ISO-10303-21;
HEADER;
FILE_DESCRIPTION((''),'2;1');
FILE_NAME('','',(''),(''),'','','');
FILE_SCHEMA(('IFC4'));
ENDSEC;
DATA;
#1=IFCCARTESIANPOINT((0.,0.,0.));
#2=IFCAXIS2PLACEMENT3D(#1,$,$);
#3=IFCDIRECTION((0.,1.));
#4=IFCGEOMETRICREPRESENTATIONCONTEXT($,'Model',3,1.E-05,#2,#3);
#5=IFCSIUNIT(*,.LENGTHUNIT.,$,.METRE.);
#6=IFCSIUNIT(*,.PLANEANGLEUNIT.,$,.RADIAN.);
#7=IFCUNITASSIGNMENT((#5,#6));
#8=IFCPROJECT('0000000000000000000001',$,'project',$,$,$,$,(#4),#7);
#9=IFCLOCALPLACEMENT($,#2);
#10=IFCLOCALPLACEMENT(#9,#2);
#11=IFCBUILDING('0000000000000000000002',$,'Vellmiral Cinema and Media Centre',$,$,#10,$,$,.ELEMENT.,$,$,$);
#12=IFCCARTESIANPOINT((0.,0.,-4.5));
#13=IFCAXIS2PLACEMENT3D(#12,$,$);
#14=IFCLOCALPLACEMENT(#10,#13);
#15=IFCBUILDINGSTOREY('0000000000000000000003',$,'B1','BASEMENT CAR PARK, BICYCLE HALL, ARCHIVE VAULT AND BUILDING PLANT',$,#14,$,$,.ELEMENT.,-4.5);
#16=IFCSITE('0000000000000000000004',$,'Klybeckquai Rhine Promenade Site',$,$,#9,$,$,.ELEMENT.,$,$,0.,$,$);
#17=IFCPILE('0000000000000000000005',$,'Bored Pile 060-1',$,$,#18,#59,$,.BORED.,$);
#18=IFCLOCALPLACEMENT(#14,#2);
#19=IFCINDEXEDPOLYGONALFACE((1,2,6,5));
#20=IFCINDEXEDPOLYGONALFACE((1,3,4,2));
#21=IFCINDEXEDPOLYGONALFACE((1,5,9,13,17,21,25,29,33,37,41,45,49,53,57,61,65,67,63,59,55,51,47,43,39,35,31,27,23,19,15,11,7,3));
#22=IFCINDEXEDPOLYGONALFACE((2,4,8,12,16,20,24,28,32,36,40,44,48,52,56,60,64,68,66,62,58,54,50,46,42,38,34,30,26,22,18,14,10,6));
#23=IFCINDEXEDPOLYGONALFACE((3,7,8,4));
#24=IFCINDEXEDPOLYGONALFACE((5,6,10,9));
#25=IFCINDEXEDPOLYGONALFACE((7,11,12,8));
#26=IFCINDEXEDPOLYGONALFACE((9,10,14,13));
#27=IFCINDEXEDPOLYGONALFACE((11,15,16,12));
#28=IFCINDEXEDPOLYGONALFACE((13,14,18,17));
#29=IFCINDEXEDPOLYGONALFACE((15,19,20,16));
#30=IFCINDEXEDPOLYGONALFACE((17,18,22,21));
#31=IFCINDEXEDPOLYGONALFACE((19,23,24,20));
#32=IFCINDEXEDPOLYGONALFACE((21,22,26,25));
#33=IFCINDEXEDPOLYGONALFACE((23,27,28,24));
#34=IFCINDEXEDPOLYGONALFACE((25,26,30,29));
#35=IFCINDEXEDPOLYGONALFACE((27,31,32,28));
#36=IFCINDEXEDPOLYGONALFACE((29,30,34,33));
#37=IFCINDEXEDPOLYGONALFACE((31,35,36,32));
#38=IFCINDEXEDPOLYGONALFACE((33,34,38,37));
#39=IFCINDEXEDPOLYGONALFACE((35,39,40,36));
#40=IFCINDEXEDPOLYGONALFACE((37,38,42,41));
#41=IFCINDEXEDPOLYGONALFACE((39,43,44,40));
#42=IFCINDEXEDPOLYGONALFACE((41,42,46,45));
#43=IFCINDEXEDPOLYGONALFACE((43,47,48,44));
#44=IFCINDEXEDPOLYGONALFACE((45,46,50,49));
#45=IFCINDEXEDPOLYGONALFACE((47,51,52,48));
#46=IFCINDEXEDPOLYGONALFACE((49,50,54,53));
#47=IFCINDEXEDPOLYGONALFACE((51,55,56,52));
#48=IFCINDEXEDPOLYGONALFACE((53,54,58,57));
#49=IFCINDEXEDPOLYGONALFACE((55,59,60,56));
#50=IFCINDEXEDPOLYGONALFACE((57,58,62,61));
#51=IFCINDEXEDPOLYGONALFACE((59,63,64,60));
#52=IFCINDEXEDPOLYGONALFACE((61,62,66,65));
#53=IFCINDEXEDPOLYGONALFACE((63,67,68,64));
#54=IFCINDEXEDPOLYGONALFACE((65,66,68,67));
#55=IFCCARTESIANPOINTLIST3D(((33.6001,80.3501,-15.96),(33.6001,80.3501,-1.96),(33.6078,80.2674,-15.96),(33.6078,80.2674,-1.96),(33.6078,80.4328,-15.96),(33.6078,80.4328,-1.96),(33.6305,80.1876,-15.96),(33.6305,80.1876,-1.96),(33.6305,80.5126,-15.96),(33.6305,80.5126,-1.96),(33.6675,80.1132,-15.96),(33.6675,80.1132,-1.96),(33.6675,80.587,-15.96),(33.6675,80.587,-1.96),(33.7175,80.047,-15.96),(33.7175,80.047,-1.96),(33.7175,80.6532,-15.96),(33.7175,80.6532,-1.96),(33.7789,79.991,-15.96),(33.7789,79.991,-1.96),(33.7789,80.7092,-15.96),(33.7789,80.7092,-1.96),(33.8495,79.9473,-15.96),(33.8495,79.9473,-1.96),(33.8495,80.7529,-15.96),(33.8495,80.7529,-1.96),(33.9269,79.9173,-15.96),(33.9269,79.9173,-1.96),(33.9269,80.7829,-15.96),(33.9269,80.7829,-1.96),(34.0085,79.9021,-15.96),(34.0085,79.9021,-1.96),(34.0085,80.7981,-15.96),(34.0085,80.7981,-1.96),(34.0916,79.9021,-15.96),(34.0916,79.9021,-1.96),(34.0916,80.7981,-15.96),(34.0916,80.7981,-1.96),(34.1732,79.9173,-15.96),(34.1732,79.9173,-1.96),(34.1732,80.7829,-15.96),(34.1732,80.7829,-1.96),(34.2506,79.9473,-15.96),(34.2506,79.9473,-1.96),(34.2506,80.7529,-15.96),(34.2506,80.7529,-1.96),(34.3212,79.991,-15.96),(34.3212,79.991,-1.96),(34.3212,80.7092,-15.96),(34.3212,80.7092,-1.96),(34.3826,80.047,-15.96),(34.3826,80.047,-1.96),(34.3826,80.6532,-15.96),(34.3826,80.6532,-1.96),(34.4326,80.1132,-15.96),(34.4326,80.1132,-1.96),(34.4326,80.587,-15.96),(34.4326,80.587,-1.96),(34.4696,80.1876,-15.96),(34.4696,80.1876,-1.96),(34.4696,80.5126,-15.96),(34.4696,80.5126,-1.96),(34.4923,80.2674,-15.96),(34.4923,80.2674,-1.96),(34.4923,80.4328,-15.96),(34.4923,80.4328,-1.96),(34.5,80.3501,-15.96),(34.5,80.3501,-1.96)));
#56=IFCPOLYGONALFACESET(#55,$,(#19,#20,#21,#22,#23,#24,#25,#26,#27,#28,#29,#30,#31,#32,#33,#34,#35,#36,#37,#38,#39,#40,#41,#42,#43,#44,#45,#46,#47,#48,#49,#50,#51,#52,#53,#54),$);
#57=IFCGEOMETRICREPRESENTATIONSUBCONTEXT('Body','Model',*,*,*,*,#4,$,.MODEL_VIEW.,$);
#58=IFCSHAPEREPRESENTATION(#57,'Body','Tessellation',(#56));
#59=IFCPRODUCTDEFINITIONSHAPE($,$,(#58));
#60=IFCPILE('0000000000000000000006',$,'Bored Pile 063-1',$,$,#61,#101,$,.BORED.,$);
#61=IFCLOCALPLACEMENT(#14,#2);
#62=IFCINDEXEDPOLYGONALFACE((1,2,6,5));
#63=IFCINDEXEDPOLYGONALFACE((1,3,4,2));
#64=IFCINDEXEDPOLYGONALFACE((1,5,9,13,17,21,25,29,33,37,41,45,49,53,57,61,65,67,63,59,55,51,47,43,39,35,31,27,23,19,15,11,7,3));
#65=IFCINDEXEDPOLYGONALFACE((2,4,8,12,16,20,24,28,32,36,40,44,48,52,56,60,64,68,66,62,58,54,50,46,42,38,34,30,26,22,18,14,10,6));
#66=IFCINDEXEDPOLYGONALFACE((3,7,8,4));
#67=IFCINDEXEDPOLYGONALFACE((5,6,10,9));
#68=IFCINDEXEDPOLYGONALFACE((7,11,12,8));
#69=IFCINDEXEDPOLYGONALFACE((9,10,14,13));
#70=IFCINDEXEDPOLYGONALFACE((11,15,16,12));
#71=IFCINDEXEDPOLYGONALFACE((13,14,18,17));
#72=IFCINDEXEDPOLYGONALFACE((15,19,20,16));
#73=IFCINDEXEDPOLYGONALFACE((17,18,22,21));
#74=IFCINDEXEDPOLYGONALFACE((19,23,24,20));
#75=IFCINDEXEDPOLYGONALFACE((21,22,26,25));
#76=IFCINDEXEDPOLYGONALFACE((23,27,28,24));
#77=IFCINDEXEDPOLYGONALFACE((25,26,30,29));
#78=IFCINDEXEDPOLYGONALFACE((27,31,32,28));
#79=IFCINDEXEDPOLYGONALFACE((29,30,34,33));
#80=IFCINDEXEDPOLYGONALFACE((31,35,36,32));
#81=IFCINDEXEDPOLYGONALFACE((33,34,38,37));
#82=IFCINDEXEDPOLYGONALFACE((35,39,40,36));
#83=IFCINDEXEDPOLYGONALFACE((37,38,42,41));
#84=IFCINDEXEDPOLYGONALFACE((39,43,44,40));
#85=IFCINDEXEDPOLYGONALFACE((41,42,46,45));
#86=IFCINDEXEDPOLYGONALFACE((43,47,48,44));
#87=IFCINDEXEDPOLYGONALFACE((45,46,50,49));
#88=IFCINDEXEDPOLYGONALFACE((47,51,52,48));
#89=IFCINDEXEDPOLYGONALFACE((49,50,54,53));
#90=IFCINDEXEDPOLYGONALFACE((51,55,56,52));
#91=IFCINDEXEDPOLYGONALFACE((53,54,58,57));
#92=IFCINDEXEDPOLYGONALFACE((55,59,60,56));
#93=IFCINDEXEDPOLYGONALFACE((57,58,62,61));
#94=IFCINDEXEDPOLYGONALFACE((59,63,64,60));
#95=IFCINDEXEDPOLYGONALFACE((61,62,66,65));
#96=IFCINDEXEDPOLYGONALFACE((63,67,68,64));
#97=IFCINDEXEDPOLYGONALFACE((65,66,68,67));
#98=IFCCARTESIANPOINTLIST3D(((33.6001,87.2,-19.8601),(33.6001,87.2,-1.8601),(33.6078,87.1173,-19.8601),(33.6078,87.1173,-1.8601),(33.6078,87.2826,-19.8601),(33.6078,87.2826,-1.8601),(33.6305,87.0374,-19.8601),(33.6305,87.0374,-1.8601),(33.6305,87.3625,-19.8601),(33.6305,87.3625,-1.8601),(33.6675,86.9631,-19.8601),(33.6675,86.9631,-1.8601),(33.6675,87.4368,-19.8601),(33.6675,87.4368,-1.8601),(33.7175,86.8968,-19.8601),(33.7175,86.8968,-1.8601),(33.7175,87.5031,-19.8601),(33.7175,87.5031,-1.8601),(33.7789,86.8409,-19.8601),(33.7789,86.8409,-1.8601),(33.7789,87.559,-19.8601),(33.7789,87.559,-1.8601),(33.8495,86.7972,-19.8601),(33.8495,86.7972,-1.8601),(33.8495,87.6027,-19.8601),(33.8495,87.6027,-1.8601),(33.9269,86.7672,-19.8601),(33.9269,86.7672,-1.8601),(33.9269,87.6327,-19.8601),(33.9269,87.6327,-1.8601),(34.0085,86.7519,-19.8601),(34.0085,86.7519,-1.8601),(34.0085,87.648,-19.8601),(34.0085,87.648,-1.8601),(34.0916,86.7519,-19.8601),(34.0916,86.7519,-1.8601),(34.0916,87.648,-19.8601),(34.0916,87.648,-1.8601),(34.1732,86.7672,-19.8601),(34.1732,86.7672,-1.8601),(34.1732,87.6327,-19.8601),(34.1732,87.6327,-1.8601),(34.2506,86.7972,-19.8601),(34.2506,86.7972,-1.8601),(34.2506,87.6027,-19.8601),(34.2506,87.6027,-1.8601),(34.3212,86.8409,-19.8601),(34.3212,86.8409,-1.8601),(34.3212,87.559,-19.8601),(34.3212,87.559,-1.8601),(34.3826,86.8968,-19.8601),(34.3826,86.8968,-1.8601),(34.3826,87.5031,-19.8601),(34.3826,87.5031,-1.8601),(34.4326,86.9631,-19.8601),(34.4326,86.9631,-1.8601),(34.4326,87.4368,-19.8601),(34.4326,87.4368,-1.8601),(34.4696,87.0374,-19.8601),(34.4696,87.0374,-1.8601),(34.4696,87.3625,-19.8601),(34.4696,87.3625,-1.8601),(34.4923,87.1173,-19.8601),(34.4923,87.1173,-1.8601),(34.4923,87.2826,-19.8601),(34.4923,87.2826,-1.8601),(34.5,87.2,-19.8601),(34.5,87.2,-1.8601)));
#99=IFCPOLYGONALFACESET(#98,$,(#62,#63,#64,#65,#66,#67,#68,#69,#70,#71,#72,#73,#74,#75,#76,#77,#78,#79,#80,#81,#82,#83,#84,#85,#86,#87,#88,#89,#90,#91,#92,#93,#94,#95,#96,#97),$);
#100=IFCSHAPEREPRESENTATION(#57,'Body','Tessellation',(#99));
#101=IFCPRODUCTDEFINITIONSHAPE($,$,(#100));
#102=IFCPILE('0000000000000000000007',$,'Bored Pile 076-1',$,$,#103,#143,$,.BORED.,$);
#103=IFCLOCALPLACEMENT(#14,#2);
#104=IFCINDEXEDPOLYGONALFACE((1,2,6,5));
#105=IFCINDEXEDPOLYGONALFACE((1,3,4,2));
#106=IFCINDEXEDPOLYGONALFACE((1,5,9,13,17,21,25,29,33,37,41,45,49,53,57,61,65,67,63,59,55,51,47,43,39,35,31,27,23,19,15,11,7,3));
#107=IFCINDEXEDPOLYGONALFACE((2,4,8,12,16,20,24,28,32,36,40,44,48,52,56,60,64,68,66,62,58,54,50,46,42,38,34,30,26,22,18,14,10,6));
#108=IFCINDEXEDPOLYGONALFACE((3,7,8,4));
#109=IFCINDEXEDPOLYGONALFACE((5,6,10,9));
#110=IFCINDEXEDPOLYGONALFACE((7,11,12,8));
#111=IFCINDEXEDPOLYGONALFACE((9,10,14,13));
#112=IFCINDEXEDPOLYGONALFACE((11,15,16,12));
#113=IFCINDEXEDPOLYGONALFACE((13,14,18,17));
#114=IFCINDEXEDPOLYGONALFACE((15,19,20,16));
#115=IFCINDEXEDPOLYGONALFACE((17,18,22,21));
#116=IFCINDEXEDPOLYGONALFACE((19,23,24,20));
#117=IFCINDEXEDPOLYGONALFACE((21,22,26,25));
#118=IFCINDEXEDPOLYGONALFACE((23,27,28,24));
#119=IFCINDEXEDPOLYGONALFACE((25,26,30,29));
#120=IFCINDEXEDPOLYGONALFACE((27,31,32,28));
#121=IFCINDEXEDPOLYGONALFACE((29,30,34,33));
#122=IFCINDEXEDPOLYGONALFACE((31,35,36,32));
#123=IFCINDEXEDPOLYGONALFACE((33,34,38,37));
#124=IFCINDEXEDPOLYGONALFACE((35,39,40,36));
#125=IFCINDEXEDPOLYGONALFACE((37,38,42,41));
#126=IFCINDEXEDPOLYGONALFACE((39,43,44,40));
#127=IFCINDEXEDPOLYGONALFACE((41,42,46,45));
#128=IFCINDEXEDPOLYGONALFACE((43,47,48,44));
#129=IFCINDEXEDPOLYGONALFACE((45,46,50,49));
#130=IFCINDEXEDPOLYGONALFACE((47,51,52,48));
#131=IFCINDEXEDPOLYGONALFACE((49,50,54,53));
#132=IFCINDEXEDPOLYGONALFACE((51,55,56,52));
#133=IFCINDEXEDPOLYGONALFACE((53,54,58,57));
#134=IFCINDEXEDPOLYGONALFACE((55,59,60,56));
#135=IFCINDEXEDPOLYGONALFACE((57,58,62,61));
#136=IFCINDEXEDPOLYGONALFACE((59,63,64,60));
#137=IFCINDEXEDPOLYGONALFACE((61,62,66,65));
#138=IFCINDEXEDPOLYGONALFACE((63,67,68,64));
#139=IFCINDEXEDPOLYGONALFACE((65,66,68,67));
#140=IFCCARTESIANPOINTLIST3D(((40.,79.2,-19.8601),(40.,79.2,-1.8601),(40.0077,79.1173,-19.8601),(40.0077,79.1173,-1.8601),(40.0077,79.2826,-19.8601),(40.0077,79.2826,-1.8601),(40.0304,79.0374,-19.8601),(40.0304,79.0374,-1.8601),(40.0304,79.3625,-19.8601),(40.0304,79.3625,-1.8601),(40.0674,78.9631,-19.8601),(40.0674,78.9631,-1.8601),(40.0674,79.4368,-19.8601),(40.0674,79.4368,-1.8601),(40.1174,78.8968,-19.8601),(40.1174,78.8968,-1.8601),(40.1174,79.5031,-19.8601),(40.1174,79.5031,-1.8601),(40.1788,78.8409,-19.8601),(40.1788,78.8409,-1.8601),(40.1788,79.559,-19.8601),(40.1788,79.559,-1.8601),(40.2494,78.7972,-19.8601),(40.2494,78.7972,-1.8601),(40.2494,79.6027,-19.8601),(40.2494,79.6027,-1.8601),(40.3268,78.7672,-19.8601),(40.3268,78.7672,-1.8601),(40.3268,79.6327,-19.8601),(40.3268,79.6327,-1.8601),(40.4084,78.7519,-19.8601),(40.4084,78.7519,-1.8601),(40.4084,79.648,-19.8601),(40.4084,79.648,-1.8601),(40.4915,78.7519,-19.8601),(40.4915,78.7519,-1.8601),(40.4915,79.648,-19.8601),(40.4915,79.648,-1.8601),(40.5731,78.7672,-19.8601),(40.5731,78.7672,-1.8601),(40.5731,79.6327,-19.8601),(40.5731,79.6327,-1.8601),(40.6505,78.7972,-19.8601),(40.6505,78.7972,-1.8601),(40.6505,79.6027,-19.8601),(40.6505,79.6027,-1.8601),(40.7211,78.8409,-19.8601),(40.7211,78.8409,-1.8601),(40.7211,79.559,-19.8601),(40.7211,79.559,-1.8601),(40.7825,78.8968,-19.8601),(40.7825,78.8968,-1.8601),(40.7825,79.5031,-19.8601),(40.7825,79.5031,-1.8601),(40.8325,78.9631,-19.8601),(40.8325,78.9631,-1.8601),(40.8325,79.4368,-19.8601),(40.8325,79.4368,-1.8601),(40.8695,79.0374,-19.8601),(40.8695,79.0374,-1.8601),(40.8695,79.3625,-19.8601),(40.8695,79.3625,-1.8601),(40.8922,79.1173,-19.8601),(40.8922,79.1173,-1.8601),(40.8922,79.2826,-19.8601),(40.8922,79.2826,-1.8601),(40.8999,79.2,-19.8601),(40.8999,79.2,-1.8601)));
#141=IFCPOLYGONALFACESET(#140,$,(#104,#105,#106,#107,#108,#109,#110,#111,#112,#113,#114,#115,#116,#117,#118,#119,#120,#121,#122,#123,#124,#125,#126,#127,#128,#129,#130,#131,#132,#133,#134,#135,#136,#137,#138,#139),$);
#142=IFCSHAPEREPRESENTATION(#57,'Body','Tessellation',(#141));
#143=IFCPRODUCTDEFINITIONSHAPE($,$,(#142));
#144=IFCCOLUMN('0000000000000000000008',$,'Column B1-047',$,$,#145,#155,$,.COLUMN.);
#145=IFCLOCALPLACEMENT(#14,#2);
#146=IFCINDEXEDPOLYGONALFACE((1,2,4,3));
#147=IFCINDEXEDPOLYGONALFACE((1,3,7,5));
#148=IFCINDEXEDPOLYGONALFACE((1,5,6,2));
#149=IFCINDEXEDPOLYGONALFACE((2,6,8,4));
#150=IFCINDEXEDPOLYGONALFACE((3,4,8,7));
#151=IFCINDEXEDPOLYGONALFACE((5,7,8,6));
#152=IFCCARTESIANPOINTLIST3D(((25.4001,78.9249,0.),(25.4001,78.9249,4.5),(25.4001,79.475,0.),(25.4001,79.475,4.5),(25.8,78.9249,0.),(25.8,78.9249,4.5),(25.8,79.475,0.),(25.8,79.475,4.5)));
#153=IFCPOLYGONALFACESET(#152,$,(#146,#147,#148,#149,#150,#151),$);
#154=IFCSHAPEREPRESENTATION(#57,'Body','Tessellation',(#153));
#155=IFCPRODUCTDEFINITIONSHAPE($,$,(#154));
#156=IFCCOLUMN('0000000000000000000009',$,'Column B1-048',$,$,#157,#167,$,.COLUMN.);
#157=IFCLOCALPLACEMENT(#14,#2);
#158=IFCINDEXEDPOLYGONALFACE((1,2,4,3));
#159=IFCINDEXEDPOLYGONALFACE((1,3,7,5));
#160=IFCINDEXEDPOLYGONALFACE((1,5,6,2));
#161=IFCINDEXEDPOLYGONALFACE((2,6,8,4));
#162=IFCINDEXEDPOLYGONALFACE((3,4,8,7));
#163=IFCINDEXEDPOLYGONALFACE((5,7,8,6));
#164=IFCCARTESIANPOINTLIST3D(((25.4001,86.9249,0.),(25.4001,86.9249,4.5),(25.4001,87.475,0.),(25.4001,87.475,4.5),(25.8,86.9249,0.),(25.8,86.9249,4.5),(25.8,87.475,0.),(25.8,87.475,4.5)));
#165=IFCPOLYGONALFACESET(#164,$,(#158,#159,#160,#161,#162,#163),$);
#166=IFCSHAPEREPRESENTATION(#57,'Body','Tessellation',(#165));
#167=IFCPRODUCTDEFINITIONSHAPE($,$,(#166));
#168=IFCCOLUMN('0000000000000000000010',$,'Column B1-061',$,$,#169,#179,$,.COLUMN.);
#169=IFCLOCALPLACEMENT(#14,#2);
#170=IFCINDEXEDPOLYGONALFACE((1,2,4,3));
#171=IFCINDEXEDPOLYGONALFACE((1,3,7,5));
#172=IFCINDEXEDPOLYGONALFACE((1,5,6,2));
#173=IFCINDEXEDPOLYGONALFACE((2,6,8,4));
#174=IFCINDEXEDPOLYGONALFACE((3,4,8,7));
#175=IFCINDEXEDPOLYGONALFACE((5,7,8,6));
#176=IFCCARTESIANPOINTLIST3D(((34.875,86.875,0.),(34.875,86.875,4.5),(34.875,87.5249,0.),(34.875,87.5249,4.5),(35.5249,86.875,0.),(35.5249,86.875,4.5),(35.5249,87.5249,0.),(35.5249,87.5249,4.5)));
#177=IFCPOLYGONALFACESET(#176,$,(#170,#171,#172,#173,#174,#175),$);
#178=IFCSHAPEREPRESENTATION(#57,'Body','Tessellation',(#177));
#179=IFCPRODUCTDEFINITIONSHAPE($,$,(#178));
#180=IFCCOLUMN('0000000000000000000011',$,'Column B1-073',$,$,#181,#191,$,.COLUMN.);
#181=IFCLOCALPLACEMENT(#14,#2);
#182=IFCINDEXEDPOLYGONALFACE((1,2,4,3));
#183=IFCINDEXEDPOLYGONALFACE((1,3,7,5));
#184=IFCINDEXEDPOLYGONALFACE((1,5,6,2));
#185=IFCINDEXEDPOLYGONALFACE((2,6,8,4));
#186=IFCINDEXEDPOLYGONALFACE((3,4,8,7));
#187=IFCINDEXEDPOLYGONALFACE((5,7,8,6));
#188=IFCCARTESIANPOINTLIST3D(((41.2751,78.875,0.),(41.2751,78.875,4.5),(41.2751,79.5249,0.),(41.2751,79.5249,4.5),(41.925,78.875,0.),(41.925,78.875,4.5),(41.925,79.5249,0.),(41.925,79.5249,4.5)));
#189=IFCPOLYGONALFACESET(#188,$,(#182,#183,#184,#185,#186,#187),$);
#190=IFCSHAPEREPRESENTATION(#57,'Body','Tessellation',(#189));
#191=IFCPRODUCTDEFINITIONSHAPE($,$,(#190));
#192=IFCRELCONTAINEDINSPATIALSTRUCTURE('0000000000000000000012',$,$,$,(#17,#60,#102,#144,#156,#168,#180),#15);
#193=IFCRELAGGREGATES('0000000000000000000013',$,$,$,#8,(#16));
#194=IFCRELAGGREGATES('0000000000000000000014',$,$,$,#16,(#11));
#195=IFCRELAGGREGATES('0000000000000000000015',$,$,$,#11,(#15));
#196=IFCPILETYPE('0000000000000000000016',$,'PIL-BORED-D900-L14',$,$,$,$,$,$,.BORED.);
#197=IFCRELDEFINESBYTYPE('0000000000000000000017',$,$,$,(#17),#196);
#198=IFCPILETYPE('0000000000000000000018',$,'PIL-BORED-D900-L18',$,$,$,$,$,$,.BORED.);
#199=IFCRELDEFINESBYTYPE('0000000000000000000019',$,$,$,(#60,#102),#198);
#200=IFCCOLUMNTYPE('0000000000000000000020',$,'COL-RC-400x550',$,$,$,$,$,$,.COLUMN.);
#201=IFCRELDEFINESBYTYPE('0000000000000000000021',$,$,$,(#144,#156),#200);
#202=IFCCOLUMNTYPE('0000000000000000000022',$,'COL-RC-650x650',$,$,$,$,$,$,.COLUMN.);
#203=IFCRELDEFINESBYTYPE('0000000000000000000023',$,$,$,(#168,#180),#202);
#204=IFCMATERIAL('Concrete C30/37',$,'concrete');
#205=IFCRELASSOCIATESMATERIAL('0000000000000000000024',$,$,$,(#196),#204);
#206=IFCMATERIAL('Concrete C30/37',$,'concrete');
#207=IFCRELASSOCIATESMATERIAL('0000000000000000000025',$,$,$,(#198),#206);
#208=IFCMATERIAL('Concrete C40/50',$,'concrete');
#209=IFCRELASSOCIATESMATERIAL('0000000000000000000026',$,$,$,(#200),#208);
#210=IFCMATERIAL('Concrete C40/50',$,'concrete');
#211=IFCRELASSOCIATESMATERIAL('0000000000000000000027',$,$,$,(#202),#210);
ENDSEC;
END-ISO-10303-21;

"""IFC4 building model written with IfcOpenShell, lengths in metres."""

from ifc_helpers import new_model, si_unit, direction, frame, origin, origin_2d, place, context, subcontext, project, spatial, rectangle, circle, extrude, material, material_profile, profile_set, type_object, element, save


model = new_model("IFC4")

# Units and contexts
model_context = context("Model", 3, precision=1e-05, world=origin(), true_north=direction((0.0, 1.0)))
body_context = subcontext(model_context, "Body", "Model", "MODEL_VIEW")
ifc_project = project(units=[si_unit("LENGTHUNIT", "METRE"), si_unit("PLANEANGLEUNIT", "RADIAN")], contexts=[model_context])

# Site, building, storey
site_placement = place(None, origin())
site = spatial("IfcSite", under=ifc_project, at=site_placement, Name="Klybeckquai Rhine Promenade Site", CompositionType="ELEMENT", RefElevation=0.0)
building_placement = place(site_placement, origin())
building = spatial("IfcBuilding", under=site, at=building_placement, Name="Vellmiral Cinema and Media Centre", CompositionType="ELEMENT")
storey_placement = place(building_placement, frame((0.0, 0.0, -4.5)))
storey = spatial("IfcBuildingStorey", under=building, at=storey_placement, Name="B1", Description="BASEMENT CAR PARK, BICYCLE HALL, ARCHIVE VAULT AND BUILDING PLANT", CompositionType="ELEMENT", Elevation=-4.5)

# Piles
ifc_material_1 = material(Name="Concrete C30/37", Category="concrete")
ifc_material_profile_1 = material_profile(ifc_material_1, circle(Radius=0.45, at=origin_2d()), Name="PILE D900")
ifc_profile_set_1 = profile_set([ifc_material_profile_1], Name="Concrete C30/37")
pile_type_1 = type_object("IfcPileType", Name="PIL-BORED-D900-L14", PredefinedType="BORED", material=ifc_profile_set_1)
pile_1_placement = place(storey_placement, frame((34.05, 80.3501, -1.96), z_axis=(0.0, 0.0, -1.0), x_axis=(1.0, 0.0, 0.0)))
element("IfcPile", 1, at=pile_1_placement, inside=storey, type_object=pile_type_1, Name="Bored Pile 060-1", PredefinedType="BORED", context=body_context, shape_type="SweptSolid", body=[
    extrude(circle(Radius=0.45, at=origin_2d()), origin(), (0.0, 0.0, 1.0), 14.0),
])
ifc_material_2 = material(Name="Concrete C30/37", Category="concrete")
ifc_material_profile_2 = material_profile(ifc_material_2, circle(Radius=0.45, at=origin_2d()), Name="PILE D900")
ifc_profile_set_2 = profile_set([ifc_material_profile_2], Name="Concrete C30/37")
pile_type_2 = type_object("IfcPileType", Name="PIL-BORED-D900-L18", PredefinedType="BORED", material=ifc_profile_set_2)
for number, where, z_axis, x_axis, name in (
    (2, (34.05, 87.2, -1.8601), (0.0, 0.0, -1.0), (1.0, 0.0, 0.0), "Bored Pile 063-1"),
    (3, (40.45, 79.2, -1.8601), (0.0, 0.0, -1.0), (1.0, 0.0, 0.0), "Bored Pile 076-1"),
):
    element("IfcPile", number, at=place(storey_placement, frame(where, z_axis=z_axis, x_axis=x_axis)), inside=storey, type_object=pile_type_2, Name=name, PredefinedType="BORED", context=body_context, shape_type="SweptSolid", body=[
        extrude(circle(Radius=0.45, at=origin_2d()), origin(), (0.0, 0.0, 1.0), 18.0),
    ])

# Columns
ifc_material_3 = material(Name="Concrete C40/50", Category="concrete")
ifc_material_profile_3 = material_profile(ifc_material_3, rectangle(XDim=0.3999, YDim=0.55, at=origin_2d()), Name="RC 400x550")
ifc_profile_set_3 = profile_set([ifc_material_profile_3], Name="Concrete C40/50")
column_type_1 = type_object("IfcColumnType", Name="COL-RC-400x550", PredefinedType="COLUMN", material=ifc_profile_set_3)
for number, where, z_axis, x_axis, name in (
    (4, (25.6001, 79.2, 0.0), (0.0, 0.0, 1.0), (1.0, 0.0, 0.0), "Column B1-047"),
    (5, (25.6001, 87.2, 0.0), (0.0, 0.0, 1.0), (1.0, 0.0, 0.0), "Column B1-048"),
):
    element("IfcColumn", number, at=place(storey_placement, frame(where, z_axis=z_axis, x_axis=x_axis)), inside=storey, type_object=column_type_1, Name=name, PredefinedType="COLUMN", context=body_context, shape_type="SweptSolid", body=[
        extrude(rectangle(XDim=0.3999, YDim=0.55, at=origin_2d()), origin(), (0.0, 0.0, 1.0), 4.5),
    ])
ifc_material_4 = material(Name="Concrete C40/50", Category="concrete")
ifc_material_profile_4 = material_profile(ifc_material_4, rectangle(XDim=0.6499, YDim=0.6499, at=origin_2d()), Name="RC 650x650")
ifc_profile_set_4 = profile_set([ifc_material_profile_4], Name="Concrete C40/50")
column_type_2 = type_object("IfcColumnType", Name="COL-RC-650x650", PredefinedType="COLUMN", material=ifc_profile_set_4)
for number, where, z_axis, x_axis, name in (
    (6, (35.2, 87.2, 0.0), (0.0, 0.0, 1.0), (1.0, 0.0, 0.0), "Column B1-061"),
    (7, (41.6001, 79.2, 0.0), (0.0, 0.0, 1.0), (1.0, 0.0, 0.0), "Column B1-073"),
):
    element("IfcColumn", number, at=place(storey_placement, frame(where, z_axis=z_axis, x_axis=x_axis)), inside=storey, type_object=column_type_2, Name=name, PredefinedType="COLUMN", context=body_context, shape_type="SweptSolid", body=[
        extrude(rectangle(XDim=0.6499, YDim=0.6499, at=origin_2d()), origin(), (0.0, 0.0, 1.0), 4.5),
    ])

save(model, "model.ifc")
